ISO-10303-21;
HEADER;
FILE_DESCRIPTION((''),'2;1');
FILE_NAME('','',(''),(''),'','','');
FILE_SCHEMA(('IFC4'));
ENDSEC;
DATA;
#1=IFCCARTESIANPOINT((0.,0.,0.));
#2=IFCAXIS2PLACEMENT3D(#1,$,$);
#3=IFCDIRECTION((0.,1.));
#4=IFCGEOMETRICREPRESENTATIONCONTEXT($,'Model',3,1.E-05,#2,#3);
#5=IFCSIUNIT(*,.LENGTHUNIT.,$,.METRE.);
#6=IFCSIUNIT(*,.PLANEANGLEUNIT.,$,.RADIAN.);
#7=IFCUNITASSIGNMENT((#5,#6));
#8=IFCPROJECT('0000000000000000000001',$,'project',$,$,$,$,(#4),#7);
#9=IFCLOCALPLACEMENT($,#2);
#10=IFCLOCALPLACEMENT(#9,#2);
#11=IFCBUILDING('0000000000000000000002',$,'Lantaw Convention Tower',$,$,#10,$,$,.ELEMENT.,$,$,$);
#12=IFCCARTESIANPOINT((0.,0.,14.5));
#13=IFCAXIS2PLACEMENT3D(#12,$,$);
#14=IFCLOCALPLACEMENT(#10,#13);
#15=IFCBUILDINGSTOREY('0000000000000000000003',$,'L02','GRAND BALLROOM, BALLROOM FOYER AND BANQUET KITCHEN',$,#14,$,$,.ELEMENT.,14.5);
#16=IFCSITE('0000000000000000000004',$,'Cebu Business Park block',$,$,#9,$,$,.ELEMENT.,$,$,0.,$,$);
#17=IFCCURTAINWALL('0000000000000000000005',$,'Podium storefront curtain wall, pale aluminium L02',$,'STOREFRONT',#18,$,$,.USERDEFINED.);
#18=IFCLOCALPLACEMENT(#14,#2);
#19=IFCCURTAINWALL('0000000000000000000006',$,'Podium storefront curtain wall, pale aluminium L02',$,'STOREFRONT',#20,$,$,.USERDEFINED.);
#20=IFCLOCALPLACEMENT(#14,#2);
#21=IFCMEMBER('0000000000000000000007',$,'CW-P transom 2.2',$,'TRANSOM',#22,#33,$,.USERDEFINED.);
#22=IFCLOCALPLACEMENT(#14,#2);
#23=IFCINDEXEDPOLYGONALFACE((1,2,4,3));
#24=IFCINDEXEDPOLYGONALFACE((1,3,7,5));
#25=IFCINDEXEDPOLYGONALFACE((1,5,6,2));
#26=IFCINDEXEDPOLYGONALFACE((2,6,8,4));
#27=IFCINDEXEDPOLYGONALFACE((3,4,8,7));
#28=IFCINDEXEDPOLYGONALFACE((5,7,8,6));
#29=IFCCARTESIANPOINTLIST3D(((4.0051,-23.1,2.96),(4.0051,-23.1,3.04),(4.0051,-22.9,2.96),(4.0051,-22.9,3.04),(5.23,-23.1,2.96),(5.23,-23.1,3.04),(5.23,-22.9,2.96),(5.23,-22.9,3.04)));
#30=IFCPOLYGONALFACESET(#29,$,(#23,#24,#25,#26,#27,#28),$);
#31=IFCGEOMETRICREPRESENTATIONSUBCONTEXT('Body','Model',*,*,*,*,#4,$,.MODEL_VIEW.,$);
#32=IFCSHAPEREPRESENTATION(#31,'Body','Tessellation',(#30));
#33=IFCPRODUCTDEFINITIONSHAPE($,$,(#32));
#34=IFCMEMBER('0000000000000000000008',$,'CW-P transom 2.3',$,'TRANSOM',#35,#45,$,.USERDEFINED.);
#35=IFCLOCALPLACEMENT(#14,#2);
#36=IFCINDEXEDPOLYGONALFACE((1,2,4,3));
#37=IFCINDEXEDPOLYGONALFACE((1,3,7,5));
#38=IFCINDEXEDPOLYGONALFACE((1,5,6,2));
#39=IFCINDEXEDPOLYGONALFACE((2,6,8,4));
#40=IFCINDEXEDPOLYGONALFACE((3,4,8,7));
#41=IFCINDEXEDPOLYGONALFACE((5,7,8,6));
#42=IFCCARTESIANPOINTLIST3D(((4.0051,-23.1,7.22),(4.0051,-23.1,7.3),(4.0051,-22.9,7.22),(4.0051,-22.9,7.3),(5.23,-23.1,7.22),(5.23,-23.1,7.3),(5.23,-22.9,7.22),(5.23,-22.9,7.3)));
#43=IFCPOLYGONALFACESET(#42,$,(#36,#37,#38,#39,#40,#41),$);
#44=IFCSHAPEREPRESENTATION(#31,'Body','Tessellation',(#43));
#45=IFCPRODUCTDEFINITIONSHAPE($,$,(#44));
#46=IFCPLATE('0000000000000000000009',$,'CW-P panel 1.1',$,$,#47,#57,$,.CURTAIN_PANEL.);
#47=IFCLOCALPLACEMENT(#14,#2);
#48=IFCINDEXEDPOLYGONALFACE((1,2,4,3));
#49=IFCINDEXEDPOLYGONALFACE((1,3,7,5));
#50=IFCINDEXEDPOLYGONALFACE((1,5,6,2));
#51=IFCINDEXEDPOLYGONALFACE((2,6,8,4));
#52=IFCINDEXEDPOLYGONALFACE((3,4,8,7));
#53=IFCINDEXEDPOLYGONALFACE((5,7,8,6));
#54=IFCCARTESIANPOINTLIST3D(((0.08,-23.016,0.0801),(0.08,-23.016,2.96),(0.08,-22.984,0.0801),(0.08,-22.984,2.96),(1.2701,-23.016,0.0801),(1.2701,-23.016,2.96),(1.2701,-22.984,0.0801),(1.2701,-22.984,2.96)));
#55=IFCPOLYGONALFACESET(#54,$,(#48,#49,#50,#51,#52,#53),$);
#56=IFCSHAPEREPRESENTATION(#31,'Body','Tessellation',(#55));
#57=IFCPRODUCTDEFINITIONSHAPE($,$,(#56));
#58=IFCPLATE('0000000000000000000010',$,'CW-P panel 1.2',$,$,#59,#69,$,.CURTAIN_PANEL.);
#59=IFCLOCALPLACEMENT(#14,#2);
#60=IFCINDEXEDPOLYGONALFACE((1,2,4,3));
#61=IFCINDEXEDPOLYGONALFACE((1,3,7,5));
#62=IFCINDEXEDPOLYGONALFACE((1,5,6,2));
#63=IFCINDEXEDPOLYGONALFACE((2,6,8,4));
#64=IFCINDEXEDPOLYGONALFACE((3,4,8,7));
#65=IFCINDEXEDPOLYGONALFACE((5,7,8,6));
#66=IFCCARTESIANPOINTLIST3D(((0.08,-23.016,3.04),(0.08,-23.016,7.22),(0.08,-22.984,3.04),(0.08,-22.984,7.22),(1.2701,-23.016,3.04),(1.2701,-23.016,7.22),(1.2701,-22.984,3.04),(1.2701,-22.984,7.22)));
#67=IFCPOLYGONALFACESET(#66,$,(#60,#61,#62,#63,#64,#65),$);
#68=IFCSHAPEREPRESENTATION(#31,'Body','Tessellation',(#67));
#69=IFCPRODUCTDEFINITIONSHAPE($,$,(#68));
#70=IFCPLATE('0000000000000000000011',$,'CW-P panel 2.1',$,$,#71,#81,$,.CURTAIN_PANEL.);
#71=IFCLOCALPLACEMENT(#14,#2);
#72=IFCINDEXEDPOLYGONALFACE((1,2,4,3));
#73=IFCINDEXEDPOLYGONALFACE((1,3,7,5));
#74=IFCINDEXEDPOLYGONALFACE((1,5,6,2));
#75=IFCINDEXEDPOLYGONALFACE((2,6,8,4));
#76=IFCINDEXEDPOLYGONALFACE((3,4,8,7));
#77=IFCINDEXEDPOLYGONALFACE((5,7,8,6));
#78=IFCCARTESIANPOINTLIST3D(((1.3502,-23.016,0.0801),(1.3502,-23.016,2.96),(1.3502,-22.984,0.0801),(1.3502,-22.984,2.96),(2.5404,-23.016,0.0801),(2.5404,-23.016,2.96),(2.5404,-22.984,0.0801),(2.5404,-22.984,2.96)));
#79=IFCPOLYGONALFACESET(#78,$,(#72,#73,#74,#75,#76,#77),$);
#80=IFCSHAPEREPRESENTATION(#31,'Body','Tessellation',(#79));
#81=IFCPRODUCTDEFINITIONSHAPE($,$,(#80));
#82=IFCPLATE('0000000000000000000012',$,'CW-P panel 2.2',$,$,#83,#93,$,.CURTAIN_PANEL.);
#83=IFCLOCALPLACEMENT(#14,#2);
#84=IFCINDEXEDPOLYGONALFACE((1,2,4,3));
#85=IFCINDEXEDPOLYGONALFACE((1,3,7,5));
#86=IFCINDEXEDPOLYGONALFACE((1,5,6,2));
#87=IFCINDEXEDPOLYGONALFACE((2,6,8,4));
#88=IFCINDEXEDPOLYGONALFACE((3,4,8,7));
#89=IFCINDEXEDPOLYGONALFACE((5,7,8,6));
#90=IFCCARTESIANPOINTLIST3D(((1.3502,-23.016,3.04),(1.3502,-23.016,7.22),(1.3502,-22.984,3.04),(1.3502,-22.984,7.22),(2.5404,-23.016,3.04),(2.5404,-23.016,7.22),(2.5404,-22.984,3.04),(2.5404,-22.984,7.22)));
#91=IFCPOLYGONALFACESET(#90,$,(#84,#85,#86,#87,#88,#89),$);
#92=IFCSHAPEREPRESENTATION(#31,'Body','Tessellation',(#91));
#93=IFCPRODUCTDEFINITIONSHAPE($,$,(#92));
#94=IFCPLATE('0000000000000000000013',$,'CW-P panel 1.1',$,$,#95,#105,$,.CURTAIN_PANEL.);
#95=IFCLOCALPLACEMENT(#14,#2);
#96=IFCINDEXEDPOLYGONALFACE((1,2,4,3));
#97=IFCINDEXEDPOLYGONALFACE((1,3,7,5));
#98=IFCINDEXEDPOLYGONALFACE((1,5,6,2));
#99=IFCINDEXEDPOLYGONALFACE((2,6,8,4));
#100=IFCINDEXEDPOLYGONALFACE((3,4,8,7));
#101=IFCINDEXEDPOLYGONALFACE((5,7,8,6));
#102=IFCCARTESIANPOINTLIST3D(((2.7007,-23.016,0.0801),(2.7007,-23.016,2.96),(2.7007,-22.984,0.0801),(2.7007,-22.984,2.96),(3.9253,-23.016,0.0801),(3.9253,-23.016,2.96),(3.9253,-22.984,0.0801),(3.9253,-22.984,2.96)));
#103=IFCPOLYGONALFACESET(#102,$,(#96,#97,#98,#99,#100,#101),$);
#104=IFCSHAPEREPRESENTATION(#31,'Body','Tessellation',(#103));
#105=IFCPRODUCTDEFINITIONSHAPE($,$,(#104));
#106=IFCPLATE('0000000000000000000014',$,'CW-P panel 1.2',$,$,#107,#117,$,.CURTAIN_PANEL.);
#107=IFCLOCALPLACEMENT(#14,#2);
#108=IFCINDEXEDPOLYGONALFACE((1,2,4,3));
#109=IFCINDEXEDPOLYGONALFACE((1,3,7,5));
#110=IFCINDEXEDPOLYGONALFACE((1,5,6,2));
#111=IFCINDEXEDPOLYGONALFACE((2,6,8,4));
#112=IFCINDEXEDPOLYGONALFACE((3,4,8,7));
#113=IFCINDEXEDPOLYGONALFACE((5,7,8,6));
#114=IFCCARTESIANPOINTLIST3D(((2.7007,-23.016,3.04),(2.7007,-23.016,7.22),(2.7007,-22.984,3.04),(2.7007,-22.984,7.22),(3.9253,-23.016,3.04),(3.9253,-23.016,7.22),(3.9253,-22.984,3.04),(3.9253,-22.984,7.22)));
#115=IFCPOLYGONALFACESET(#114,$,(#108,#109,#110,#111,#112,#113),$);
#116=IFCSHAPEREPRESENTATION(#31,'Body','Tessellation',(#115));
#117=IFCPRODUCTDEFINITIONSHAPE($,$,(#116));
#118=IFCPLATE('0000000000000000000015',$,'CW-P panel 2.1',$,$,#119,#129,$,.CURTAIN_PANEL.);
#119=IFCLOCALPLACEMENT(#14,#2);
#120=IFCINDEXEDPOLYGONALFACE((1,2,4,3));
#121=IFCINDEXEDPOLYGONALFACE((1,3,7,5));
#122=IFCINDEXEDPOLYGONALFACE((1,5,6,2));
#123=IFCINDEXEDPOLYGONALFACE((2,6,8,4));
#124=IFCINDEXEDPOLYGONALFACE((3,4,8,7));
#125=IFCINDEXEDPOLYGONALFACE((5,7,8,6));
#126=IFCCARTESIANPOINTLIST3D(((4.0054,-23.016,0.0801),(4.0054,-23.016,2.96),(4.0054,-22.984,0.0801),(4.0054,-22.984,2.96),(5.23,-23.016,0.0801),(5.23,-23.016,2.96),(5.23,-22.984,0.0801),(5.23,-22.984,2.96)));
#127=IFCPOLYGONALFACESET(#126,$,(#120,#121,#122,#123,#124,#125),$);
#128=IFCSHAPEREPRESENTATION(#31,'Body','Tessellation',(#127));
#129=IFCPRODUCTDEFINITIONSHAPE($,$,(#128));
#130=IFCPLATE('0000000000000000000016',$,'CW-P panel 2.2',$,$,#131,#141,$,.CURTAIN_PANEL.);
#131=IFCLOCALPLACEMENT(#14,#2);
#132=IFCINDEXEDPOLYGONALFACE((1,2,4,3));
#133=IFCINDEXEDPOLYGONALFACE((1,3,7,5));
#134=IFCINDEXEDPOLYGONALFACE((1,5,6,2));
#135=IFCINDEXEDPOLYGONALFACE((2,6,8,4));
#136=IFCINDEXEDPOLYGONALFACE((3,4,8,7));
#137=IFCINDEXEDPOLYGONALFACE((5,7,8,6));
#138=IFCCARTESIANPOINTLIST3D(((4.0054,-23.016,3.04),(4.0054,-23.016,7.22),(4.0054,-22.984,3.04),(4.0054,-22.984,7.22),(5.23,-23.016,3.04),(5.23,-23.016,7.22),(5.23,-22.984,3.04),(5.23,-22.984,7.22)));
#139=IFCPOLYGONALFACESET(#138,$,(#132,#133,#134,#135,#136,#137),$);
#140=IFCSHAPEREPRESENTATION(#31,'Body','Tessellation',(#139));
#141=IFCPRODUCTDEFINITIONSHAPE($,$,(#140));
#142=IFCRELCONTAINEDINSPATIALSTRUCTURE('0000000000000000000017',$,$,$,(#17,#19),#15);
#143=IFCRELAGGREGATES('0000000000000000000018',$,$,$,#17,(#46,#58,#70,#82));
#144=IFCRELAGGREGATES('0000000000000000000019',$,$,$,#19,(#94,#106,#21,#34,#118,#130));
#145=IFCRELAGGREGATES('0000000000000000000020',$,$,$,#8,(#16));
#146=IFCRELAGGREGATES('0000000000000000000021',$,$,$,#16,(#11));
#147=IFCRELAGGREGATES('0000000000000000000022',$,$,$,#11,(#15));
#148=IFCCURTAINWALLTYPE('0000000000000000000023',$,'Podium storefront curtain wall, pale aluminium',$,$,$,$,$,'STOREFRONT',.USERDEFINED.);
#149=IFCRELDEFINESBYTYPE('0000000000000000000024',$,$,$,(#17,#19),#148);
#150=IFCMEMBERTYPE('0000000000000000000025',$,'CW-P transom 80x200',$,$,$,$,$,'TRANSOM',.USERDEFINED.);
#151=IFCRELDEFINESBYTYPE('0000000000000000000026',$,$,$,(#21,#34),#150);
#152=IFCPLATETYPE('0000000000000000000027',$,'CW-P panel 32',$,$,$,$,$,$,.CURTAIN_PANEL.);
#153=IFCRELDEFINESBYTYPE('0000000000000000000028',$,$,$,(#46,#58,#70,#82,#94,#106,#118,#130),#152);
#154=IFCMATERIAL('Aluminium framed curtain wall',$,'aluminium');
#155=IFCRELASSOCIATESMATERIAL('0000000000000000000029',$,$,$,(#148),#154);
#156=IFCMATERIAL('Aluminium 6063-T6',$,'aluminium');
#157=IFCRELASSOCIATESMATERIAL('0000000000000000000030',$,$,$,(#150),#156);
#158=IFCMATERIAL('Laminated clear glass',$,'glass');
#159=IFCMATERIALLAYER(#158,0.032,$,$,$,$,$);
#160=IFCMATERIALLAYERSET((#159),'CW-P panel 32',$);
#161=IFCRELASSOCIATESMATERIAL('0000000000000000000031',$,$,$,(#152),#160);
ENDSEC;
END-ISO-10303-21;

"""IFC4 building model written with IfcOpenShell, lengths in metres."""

from ifc_helpers import new_model, si_unit, direction, frame, origin, origin_2d, place, context, subcontext, project, spatial, rectangle, extrude, material, layer, layer_set, material_profile, profile_set, type_object, element, aggregate, save


model = new_model("IFC4")

# Units and contexts
model_context = context("Model", 3, precision=1e-05, world=origin(), true_north=direction((0.0, 1.0)))
body_context = subcontext(model_context, "Body", "Model", "MODEL_VIEW")
ifc_project = project(units=[si_unit("LENGTHUNIT", "METRE"), si_unit("PLANEANGLEUNIT", "RADIAN")], contexts=[model_context])

# Site, building, storey
site_placement = place(None, origin())
site = spatial("IfcSite", under=ifc_project, at=site_placement, Name="Cebu Business Park block", CompositionType="ELEMENT", RefElevation=0.0)
building_placement = place(site_placement, origin())
building = spatial("IfcBuilding", under=site, at=building_placement, Name="Lantaw Convention Tower", CompositionType="ELEMENT")
storey_placement = place(building_placement, frame((0.0, 0.0, 14.5)))
storey = spatial("IfcBuildingStorey", under=building, at=storey_placement, Name="L02", Description="GRAND BALLROOM, BALLROOM FOYER AND BANQUET KITCHEN", CompositionType="ELEMENT", Elevation=14.5)

# Curtain walls
ifc_material_1 = material(Name="Aluminium framed curtain wall", Category="aluminium")
curtain_wall_type = type_object("IfcCurtainWallType", Name="Podium storefront curtain wall, pale aluminium", ElementType="STOREFRONT", PredefinedType="USERDEFINED", material=ifc_material_1)
curtain_wall_1_placement = place(storey_placement, origin())
curtain_wall_1 = element("IfcCurtainWall", 1, at=curtain_wall_1_placement, inside=storey, type_object=curtain_wall_type, Name="Podium storefront curtain wall, pale aluminium L02", ObjectType="STOREFRONT", PredefinedType="USERDEFINED")
ifc_material_2 = material(Name="Aluminium 6063-T6", Category="aluminium")
curtain_wall_2_placement = place(storey_placement, origin())
curtain_wall_2 = element("IfcCurtainWall", 2, at=curtain_wall_2_placement, inside=storey, type_object=curtain_wall_type, Name="Podium storefront curtain wall, pale aluminium L02", ObjectType="STOREFRONT", PredefinedType="USERDEFINED")

# Members
ifc_material_profile_1 = material_profile(ifc_material_2, rectangle(XDim=0.2, YDim=0.0801, at=origin_2d()), Name="CW-P transom 80x200")
ifc_profile_set_1 = profile_set([ifc_material_profile_1], Name="Aluminium 6063-T6")
member_type_1 = type_object("IfcMemberType", Name="CW-P transom 80x200", ElementType="TRANSOM", PredefinedType="USERDEFINED", material=ifc_profile_set_1)
member_1_placement = place(storey_placement, frame((4.0051, -23.0, 3.0), z_axis=(1.0, 0.0, 0.0), x_axis=(0.0, 1.0, 0.0)))
member_1 = element("IfcMember", 3, at=member_1_placement, type_object=member_type_1, Name="CW-P transom 2.2", ObjectType="TRANSOM", PredefinedType="USERDEFINED", context=body_context, shape_type="SweptSolid", body=[
    extrude(rectangle(XDim=0.2, YDim=0.0801, at=origin_2d()), origin(), (0.0, 0.0, 1.0), 1.2249),
])
member_2_placement = place(storey_placement, frame((4.0051, -23.0, 7.26), z_axis=(1.0, 0.0, 0.0), x_axis=(0.0, 1.0, 0.0)))
member_2 = element("IfcMember", 4, at=member_2_placement, type_object=member_type_1, Name="CW-P transom 2.3", ObjectType="TRANSOM", PredefinedType="USERDEFINED", context=body_context, shape_type="SweptSolid", body=[
    extrude(rectangle(XDim=0.2, YDim=0.0801, at=origin_2d()), origin(), (0.0, 0.0, 1.0), 1.2249),
])

# Plates
ifc_material_3 = material(Name="Laminated clear glass", Category="glass")
ifc_layer = layer(ifc_material_3, 0.032)
ifc_layer_set = layer_set([ifc_layer], Name="CW-P panel 32")
plate_type = type_object("IfcPlateType", Name="CW-P panel 32", PredefinedType="CURTAIN_PANEL", material=ifc_layer_set)
plate_1_placement = place(storey_placement, frame((0.675, -23.0, 0.0801), z_axis=(0.0, 0.0, 1.0), x_axis=(1.0, 0.0, 0.0)))
plate_1 = element("IfcPlate", 5, at=plate_1_placement, type_object=plate_type, Name="CW-P panel 1.1", PredefinedType="CURTAIN_PANEL", context=body_context, shape_type="SweptSolid", body=[
    extrude(rectangle(XDim=1.1902, YDim=0.032, at=origin_2d()), origin(), (0.0, 0.0, 1.0), 2.8799),
])
plate_2_placement = place(storey_placement, frame((0.675, -23.0, 3.04), z_axis=(0.0, 0.0, 1.0), x_axis=(1.0, 0.0, 0.0)))
plate_2 = element("IfcPlate", 6, at=plate_2_placement, type_object=plate_type, Name="CW-P panel 1.2", PredefinedType="CURTAIN_PANEL", context=body_context, shape_type="SweptSolid", body=[
    extrude(rectangle(XDim=1.1902, YDim=0.032, at=origin_2d()), origin(), (0.0, 0.0, 1.0), 4.1799),
])
plate_3_placement = place(storey_placement, frame((1.9453, -23.0, 0.0801), z_axis=(0.0, 0.0, 1.0), x_axis=(1.0, 0.0, 0.0)))
plate_3 = element("IfcPlate", 7, at=plate_3_placement, type_object=plate_type, Name="CW-P panel 2.1", PredefinedType="CURTAIN_PANEL", context=body_context, shape_type="SweptSolid", body=[
    extrude(rectangle(XDim=1.1902, YDim=0.032, at=origin_2d()), origin(), (0.0, 0.0, 1.0), 2.8799),
])
plate_4_placement = place(storey_placement, frame((1.9453, -23.0, 3.04), z_axis=(0.0, 0.0, 1.0), x_axis=(1.0, 0.0, 0.0)))
plate_4 = element("IfcPlate", 8, at=plate_4_placement, type_object=plate_type, Name="CW-P panel 2.2", PredefinedType="CURTAIN_PANEL", context=body_context, shape_type="SweptSolid", body=[
    extrude(rectangle(XDim=1.1902, YDim=0.032, at=origin_2d()), origin(), (0.0, 0.0, 1.0), 4.1799),
])
aggregate(curtain_wall_1, [plate_1, plate_2, plate_3, plate_4])
plate_5_placement = place(storey_placement, frame((3.313, -23.0, 0.0801), z_axis=(0.0, 0.0, 1.0), x_axis=(1.0, 0.0, 0.0)))
plate_5 = element("IfcPlate", 9, at=plate_5_placement, type_object=plate_type, Name="CW-P panel 1.1", PredefinedType="CURTAIN_PANEL", context=body_context, shape_type="SweptSolid", body=[
    extrude(rectangle(XDim=1.2246, YDim=0.032, at=origin_2d()), origin(), (0.0, 0.0, 1.0), 2.8799),
])
plate_6_placement = place(storey_placement, frame((3.313, -23.0, 3.04), z_axis=(0.0, 0.0, 1.0), x_axis=(1.0, 0.0, 0.0)))
plate_6 = element("IfcPlate", 10, at=plate_6_placement, type_object=plate_type, Name="CW-P panel 1.2", PredefinedType="CURTAIN_PANEL", context=body_context, shape_type="SweptSolid", body=[
    extrude(rectangle(XDim=1.2246, YDim=0.032, at=origin_2d()), origin(), (0.0, 0.0, 1.0), 4.1799),
])
plate_7_placement = place(storey_placement, frame((4.6177, -23.0, 0.0801), z_axis=(0.0, 0.0, 1.0), x_axis=(1.0, 0.0, 0.0)))
plate_7 = element("IfcPlate", 11, at=plate_7_placement, type_object=plate_type, Name="CW-P panel 2.1", PredefinedType="CURTAIN_PANEL", context=body_context, shape_type="SweptSolid", body=[
    extrude(rectangle(XDim=1.2246, YDim=0.032, at=origin_2d()), origin(), (0.0, 0.0, 1.0), 2.8799),
])
plate_8_placement = place(storey_placement, frame((4.6177, -23.0, 3.04), z_axis=(0.0, 0.0, 1.0), x_axis=(1.0, 0.0, 0.0)))
plate_8 = element("IfcPlate", 12, at=plate_8_placement, type_object=plate_type, Name="CW-P panel 2.2", PredefinedType="CURTAIN_PANEL", context=body_context, shape_type="SweptSolid", body=[
    extrude(rectangle(XDim=1.2246, YDim=0.032, at=origin_2d()), origin(), (0.0, 0.0, 1.0), 4.1799),
])
aggregate(curtain_wall_2, [plate_5, plate_6, member_1, member_2, plate_7, plate_8])

save(model, "model.ifc")
